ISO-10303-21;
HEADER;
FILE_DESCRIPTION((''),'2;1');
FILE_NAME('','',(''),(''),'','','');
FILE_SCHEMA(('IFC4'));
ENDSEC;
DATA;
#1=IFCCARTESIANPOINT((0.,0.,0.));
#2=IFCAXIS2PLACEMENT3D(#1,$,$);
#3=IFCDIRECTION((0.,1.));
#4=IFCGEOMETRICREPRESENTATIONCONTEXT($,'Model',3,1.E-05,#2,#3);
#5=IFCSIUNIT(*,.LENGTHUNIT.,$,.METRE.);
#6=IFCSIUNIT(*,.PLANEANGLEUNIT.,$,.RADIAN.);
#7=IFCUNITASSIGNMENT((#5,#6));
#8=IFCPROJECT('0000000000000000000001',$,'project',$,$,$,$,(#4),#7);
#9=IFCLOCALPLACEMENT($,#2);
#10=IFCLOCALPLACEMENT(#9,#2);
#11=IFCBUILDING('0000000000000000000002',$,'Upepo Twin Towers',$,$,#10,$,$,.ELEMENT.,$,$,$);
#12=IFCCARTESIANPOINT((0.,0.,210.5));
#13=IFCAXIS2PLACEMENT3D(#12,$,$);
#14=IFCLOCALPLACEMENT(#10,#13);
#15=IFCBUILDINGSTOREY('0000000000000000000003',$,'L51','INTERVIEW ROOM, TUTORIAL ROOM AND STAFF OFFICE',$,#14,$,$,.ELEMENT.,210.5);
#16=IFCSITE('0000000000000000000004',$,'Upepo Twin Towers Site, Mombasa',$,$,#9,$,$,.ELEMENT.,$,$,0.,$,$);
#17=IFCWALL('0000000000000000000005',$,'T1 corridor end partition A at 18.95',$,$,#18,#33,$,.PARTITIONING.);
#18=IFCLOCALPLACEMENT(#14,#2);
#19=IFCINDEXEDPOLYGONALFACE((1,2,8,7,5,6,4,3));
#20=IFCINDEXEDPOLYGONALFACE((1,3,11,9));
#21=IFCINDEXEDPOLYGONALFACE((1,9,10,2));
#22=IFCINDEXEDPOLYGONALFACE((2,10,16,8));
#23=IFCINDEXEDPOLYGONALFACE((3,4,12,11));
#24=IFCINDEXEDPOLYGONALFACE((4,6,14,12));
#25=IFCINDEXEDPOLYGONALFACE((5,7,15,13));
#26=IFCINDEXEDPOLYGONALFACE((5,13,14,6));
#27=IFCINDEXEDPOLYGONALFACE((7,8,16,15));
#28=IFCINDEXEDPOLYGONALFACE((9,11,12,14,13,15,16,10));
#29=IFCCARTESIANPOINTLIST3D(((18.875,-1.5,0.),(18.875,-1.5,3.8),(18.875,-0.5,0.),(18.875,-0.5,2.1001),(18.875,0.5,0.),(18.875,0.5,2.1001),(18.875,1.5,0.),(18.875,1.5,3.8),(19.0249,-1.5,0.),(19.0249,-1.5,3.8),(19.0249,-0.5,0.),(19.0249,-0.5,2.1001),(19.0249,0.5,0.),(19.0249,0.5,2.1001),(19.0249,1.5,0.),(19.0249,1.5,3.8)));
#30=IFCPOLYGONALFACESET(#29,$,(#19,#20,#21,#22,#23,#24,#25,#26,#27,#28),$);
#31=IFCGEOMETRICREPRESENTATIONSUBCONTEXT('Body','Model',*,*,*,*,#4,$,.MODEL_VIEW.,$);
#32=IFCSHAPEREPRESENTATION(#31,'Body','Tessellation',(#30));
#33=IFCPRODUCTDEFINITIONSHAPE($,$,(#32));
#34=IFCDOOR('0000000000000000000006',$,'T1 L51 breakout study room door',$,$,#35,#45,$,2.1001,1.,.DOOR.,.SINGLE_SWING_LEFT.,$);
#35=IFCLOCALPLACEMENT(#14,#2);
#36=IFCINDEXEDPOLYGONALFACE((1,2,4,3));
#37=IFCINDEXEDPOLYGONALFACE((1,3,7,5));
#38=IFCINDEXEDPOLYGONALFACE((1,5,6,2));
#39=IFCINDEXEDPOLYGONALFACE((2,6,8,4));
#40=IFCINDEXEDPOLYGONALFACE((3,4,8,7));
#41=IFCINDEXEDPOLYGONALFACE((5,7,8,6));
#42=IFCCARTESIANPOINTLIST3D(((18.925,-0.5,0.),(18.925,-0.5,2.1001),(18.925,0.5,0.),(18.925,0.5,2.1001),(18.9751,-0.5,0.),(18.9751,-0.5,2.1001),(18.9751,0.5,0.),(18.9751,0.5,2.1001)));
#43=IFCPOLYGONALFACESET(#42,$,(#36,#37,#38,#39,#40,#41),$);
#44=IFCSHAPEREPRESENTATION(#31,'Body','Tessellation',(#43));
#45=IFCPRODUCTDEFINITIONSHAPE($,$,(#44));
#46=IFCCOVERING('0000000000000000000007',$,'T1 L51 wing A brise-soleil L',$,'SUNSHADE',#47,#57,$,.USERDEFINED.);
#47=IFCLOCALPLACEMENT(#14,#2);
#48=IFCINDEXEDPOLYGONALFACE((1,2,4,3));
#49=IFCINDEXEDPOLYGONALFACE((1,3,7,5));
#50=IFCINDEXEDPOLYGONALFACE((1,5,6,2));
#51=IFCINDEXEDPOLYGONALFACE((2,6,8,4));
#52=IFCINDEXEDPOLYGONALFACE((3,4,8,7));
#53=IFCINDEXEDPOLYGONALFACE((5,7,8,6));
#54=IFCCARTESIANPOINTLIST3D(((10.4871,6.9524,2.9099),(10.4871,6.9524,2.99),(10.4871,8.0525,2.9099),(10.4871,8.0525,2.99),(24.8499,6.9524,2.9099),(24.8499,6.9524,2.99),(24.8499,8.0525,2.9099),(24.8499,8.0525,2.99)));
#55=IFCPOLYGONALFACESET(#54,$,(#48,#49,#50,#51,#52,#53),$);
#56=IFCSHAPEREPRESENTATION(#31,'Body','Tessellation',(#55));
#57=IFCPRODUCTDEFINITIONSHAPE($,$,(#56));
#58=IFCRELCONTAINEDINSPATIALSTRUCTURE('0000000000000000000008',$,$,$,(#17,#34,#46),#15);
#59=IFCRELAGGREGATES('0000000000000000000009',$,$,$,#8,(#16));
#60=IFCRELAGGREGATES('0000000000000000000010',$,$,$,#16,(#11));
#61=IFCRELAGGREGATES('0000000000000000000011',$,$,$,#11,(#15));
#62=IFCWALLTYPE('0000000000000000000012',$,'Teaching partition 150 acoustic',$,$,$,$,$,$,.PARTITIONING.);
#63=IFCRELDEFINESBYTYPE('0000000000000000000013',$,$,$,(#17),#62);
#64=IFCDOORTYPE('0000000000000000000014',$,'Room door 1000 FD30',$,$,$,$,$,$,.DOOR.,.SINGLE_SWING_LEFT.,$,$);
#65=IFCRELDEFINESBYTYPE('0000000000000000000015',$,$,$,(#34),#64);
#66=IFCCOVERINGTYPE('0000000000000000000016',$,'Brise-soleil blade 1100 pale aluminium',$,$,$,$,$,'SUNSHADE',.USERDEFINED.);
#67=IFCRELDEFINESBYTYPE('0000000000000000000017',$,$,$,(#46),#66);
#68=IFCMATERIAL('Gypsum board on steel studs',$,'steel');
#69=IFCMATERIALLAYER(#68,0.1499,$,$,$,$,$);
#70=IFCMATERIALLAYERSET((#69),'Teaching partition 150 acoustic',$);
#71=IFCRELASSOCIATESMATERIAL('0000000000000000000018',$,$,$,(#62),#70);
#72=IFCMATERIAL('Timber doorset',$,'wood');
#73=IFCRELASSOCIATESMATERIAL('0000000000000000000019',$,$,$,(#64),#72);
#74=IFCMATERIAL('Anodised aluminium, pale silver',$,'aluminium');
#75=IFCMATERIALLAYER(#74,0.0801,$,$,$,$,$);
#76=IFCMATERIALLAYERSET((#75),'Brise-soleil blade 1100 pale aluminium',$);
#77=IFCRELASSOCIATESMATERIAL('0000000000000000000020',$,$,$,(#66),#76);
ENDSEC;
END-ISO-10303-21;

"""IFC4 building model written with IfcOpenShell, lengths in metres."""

from ifc_helpers import new_model, si_unit, direction, frame, frame_2d, origin, origin_2d, place, context, subcontext, project, spatial, rectangle, extrude, material, layer, layer_set, type_object, element, fill, save


model = new_model("IFC4")

# Units and contexts
model_context = context("Model", 3, precision=1e-05, world=origin(), true_north=direction((0.0, 1.0)))
body_context = subcontext(model_context, "Body", "Model", "MODEL_VIEW")
ifc_project = project(units=[si_unit("LENGTHUNIT", "METRE"), si_unit("PLANEANGLEUNIT", "RADIAN")], contexts=[model_context])

# Site, building, storey
site_placement = place(None, origin())
site = spatial("IfcSite", under=ifc_project, at=site_placement, Name="Upepo Twin Towers Site, Mombasa", CompositionType="ELEMENT", RefElevation=0.0)
building_placement = place(site_placement, origin())
building = spatial("IfcBuilding", under=site, at=building_placement, Name="Upepo Twin Towers", CompositionType="ELEMENT")
storey_placement = place(building_placement, frame((0.0, 0.0, 210.5)))
storey = spatial("IfcBuildingStorey", under=building, at=storey_placement, Name="L51", Description="INTERVIEW ROOM, TUTORIAL ROOM AND STAFF OFFICE", CompositionType="ELEMENT", Elevation=210.5)

# Shared definitions
ifc_material_1 = material(Name="Gypsum board on steel studs", Category="steel")
ifc_layer_1 = layer(ifc_material_1, 0.1499)
ifc_layer_set_1 = layer_set([ifc_layer_1], Name="Teaching partition 150 acoustic")
wall_type_1 = type_object("IfcWallType", Name="Teaching partition 150 acoustic", PredefinedType="PARTITIONING", material=ifc_layer_set_1)

# Shared definitions
ifc_material_2 = material(Name="Timber doorset", Category="wood")
door_type = type_object("IfcDoorType", Name="Room door 1000 FD30", OperationType="SINGLE_SWING_LEFT", PredefinedType="DOOR", material=ifc_material_2)

# Wall, opening, door
wall_1_placement = place(storey_placement, frame((18.95, -1.5, 0.0), z_axis=(0.0, 0.0, 1.0), x_axis=(0.0, 1.0, 0.0)))
wall_1 = element("IfcWall", 1, at=wall_1_placement, inside=storey, type_object=wall_type_1, Name="T1 corridor end partition A at 18.95", PredefinedType="PARTITIONING", context=body_context, shape_type="SweptSolid", body=[
    extrude(rectangle(XDim=3.0, YDim=0.1499, at=frame_2d((1.5, 0.0))), origin(), (0.0, 0.0, 1.0), 3.8),
])
opening_1_placement = place(wall_1_placement, frame((1.0, 0.0, 0.0)))
opening_1 = element("IfcOpeningElement", 2, at=opening_1_placement, cuts=wall_1, PredefinedType="OPENING", context=body_context, shape_type="SweptSolid", body=[
    extrude(rectangle(XDim=1.0, YDim=2.1001, at=frame_2d((0.5, 1.05))), frame((0.0, 0.085, 0.0), z_axis=(0.0, -1.0, 0.0), x_axis=(1.0, 0.0, 0.0)), (0.0, 0.0, 1.0), 0.1699),
])
door_1_placement = place(opening_1_placement, origin())
door_1 = element("IfcDoor", 3, at=door_1_placement, inside=storey, type_object=door_type, Name="T1 L51 breakout study room door", OperationType="SINGLE_SWING_LEFT", OverallHeight=2.1001, OverallWidth=1.0, PredefinedType="DOOR", context=body_context, shape_type="SweptSolid", body=[
    extrude(rectangle(XDim=1.0, YDim=2.1001, at=frame_2d((0.5, 1.05))), frame((0.0, 0.0249, 0.0), z_axis=(0.0, -1.0, 0.0), x_axis=(1.0, 0.0, 0.0)), (0.0, 0.0, 1.0), 0.05),
])
fill(opening_1, door_1)

# Covering
ifc_material_3 = material(Name="Anodised aluminium, pale silver", Category="aluminium")
ifc_layer_2 = layer(ifc_material_3, 0.0801)
ifc_layer_set_2 = layer_set([ifc_layer_2], Name="Brise-soleil blade 1100 pale aluminium")
covering_type = type_object("IfcCoveringType", Name="Brise-soleil blade 1100 pale aluminium", ElementType="SUNSHADE", PredefinedType="USERDEFINED", material=ifc_layer_set_2)
covering_placement = place(storey_placement, frame((17.6685, 7.5024, 2.9099), z_axis=(0.0, 0.0, 1.0), x_axis=(1.0, 0.0, 0.0)))
element("IfcCovering", 4, at=covering_placement, inside=storey, type_object=covering_type, Name="T1 L51 wing A brise-soleil L", ObjectType="SUNSHADE", PredefinedType="USERDEFINED", context=body_context, shape_type="SweptSolid", body=[
    extrude(rectangle(XDim=14.3628, YDim=1.1001, at=origin_2d()), origin(), (0.0, 0.0, 1.0), 0.0801),
])

save(model, "model.ifc")
